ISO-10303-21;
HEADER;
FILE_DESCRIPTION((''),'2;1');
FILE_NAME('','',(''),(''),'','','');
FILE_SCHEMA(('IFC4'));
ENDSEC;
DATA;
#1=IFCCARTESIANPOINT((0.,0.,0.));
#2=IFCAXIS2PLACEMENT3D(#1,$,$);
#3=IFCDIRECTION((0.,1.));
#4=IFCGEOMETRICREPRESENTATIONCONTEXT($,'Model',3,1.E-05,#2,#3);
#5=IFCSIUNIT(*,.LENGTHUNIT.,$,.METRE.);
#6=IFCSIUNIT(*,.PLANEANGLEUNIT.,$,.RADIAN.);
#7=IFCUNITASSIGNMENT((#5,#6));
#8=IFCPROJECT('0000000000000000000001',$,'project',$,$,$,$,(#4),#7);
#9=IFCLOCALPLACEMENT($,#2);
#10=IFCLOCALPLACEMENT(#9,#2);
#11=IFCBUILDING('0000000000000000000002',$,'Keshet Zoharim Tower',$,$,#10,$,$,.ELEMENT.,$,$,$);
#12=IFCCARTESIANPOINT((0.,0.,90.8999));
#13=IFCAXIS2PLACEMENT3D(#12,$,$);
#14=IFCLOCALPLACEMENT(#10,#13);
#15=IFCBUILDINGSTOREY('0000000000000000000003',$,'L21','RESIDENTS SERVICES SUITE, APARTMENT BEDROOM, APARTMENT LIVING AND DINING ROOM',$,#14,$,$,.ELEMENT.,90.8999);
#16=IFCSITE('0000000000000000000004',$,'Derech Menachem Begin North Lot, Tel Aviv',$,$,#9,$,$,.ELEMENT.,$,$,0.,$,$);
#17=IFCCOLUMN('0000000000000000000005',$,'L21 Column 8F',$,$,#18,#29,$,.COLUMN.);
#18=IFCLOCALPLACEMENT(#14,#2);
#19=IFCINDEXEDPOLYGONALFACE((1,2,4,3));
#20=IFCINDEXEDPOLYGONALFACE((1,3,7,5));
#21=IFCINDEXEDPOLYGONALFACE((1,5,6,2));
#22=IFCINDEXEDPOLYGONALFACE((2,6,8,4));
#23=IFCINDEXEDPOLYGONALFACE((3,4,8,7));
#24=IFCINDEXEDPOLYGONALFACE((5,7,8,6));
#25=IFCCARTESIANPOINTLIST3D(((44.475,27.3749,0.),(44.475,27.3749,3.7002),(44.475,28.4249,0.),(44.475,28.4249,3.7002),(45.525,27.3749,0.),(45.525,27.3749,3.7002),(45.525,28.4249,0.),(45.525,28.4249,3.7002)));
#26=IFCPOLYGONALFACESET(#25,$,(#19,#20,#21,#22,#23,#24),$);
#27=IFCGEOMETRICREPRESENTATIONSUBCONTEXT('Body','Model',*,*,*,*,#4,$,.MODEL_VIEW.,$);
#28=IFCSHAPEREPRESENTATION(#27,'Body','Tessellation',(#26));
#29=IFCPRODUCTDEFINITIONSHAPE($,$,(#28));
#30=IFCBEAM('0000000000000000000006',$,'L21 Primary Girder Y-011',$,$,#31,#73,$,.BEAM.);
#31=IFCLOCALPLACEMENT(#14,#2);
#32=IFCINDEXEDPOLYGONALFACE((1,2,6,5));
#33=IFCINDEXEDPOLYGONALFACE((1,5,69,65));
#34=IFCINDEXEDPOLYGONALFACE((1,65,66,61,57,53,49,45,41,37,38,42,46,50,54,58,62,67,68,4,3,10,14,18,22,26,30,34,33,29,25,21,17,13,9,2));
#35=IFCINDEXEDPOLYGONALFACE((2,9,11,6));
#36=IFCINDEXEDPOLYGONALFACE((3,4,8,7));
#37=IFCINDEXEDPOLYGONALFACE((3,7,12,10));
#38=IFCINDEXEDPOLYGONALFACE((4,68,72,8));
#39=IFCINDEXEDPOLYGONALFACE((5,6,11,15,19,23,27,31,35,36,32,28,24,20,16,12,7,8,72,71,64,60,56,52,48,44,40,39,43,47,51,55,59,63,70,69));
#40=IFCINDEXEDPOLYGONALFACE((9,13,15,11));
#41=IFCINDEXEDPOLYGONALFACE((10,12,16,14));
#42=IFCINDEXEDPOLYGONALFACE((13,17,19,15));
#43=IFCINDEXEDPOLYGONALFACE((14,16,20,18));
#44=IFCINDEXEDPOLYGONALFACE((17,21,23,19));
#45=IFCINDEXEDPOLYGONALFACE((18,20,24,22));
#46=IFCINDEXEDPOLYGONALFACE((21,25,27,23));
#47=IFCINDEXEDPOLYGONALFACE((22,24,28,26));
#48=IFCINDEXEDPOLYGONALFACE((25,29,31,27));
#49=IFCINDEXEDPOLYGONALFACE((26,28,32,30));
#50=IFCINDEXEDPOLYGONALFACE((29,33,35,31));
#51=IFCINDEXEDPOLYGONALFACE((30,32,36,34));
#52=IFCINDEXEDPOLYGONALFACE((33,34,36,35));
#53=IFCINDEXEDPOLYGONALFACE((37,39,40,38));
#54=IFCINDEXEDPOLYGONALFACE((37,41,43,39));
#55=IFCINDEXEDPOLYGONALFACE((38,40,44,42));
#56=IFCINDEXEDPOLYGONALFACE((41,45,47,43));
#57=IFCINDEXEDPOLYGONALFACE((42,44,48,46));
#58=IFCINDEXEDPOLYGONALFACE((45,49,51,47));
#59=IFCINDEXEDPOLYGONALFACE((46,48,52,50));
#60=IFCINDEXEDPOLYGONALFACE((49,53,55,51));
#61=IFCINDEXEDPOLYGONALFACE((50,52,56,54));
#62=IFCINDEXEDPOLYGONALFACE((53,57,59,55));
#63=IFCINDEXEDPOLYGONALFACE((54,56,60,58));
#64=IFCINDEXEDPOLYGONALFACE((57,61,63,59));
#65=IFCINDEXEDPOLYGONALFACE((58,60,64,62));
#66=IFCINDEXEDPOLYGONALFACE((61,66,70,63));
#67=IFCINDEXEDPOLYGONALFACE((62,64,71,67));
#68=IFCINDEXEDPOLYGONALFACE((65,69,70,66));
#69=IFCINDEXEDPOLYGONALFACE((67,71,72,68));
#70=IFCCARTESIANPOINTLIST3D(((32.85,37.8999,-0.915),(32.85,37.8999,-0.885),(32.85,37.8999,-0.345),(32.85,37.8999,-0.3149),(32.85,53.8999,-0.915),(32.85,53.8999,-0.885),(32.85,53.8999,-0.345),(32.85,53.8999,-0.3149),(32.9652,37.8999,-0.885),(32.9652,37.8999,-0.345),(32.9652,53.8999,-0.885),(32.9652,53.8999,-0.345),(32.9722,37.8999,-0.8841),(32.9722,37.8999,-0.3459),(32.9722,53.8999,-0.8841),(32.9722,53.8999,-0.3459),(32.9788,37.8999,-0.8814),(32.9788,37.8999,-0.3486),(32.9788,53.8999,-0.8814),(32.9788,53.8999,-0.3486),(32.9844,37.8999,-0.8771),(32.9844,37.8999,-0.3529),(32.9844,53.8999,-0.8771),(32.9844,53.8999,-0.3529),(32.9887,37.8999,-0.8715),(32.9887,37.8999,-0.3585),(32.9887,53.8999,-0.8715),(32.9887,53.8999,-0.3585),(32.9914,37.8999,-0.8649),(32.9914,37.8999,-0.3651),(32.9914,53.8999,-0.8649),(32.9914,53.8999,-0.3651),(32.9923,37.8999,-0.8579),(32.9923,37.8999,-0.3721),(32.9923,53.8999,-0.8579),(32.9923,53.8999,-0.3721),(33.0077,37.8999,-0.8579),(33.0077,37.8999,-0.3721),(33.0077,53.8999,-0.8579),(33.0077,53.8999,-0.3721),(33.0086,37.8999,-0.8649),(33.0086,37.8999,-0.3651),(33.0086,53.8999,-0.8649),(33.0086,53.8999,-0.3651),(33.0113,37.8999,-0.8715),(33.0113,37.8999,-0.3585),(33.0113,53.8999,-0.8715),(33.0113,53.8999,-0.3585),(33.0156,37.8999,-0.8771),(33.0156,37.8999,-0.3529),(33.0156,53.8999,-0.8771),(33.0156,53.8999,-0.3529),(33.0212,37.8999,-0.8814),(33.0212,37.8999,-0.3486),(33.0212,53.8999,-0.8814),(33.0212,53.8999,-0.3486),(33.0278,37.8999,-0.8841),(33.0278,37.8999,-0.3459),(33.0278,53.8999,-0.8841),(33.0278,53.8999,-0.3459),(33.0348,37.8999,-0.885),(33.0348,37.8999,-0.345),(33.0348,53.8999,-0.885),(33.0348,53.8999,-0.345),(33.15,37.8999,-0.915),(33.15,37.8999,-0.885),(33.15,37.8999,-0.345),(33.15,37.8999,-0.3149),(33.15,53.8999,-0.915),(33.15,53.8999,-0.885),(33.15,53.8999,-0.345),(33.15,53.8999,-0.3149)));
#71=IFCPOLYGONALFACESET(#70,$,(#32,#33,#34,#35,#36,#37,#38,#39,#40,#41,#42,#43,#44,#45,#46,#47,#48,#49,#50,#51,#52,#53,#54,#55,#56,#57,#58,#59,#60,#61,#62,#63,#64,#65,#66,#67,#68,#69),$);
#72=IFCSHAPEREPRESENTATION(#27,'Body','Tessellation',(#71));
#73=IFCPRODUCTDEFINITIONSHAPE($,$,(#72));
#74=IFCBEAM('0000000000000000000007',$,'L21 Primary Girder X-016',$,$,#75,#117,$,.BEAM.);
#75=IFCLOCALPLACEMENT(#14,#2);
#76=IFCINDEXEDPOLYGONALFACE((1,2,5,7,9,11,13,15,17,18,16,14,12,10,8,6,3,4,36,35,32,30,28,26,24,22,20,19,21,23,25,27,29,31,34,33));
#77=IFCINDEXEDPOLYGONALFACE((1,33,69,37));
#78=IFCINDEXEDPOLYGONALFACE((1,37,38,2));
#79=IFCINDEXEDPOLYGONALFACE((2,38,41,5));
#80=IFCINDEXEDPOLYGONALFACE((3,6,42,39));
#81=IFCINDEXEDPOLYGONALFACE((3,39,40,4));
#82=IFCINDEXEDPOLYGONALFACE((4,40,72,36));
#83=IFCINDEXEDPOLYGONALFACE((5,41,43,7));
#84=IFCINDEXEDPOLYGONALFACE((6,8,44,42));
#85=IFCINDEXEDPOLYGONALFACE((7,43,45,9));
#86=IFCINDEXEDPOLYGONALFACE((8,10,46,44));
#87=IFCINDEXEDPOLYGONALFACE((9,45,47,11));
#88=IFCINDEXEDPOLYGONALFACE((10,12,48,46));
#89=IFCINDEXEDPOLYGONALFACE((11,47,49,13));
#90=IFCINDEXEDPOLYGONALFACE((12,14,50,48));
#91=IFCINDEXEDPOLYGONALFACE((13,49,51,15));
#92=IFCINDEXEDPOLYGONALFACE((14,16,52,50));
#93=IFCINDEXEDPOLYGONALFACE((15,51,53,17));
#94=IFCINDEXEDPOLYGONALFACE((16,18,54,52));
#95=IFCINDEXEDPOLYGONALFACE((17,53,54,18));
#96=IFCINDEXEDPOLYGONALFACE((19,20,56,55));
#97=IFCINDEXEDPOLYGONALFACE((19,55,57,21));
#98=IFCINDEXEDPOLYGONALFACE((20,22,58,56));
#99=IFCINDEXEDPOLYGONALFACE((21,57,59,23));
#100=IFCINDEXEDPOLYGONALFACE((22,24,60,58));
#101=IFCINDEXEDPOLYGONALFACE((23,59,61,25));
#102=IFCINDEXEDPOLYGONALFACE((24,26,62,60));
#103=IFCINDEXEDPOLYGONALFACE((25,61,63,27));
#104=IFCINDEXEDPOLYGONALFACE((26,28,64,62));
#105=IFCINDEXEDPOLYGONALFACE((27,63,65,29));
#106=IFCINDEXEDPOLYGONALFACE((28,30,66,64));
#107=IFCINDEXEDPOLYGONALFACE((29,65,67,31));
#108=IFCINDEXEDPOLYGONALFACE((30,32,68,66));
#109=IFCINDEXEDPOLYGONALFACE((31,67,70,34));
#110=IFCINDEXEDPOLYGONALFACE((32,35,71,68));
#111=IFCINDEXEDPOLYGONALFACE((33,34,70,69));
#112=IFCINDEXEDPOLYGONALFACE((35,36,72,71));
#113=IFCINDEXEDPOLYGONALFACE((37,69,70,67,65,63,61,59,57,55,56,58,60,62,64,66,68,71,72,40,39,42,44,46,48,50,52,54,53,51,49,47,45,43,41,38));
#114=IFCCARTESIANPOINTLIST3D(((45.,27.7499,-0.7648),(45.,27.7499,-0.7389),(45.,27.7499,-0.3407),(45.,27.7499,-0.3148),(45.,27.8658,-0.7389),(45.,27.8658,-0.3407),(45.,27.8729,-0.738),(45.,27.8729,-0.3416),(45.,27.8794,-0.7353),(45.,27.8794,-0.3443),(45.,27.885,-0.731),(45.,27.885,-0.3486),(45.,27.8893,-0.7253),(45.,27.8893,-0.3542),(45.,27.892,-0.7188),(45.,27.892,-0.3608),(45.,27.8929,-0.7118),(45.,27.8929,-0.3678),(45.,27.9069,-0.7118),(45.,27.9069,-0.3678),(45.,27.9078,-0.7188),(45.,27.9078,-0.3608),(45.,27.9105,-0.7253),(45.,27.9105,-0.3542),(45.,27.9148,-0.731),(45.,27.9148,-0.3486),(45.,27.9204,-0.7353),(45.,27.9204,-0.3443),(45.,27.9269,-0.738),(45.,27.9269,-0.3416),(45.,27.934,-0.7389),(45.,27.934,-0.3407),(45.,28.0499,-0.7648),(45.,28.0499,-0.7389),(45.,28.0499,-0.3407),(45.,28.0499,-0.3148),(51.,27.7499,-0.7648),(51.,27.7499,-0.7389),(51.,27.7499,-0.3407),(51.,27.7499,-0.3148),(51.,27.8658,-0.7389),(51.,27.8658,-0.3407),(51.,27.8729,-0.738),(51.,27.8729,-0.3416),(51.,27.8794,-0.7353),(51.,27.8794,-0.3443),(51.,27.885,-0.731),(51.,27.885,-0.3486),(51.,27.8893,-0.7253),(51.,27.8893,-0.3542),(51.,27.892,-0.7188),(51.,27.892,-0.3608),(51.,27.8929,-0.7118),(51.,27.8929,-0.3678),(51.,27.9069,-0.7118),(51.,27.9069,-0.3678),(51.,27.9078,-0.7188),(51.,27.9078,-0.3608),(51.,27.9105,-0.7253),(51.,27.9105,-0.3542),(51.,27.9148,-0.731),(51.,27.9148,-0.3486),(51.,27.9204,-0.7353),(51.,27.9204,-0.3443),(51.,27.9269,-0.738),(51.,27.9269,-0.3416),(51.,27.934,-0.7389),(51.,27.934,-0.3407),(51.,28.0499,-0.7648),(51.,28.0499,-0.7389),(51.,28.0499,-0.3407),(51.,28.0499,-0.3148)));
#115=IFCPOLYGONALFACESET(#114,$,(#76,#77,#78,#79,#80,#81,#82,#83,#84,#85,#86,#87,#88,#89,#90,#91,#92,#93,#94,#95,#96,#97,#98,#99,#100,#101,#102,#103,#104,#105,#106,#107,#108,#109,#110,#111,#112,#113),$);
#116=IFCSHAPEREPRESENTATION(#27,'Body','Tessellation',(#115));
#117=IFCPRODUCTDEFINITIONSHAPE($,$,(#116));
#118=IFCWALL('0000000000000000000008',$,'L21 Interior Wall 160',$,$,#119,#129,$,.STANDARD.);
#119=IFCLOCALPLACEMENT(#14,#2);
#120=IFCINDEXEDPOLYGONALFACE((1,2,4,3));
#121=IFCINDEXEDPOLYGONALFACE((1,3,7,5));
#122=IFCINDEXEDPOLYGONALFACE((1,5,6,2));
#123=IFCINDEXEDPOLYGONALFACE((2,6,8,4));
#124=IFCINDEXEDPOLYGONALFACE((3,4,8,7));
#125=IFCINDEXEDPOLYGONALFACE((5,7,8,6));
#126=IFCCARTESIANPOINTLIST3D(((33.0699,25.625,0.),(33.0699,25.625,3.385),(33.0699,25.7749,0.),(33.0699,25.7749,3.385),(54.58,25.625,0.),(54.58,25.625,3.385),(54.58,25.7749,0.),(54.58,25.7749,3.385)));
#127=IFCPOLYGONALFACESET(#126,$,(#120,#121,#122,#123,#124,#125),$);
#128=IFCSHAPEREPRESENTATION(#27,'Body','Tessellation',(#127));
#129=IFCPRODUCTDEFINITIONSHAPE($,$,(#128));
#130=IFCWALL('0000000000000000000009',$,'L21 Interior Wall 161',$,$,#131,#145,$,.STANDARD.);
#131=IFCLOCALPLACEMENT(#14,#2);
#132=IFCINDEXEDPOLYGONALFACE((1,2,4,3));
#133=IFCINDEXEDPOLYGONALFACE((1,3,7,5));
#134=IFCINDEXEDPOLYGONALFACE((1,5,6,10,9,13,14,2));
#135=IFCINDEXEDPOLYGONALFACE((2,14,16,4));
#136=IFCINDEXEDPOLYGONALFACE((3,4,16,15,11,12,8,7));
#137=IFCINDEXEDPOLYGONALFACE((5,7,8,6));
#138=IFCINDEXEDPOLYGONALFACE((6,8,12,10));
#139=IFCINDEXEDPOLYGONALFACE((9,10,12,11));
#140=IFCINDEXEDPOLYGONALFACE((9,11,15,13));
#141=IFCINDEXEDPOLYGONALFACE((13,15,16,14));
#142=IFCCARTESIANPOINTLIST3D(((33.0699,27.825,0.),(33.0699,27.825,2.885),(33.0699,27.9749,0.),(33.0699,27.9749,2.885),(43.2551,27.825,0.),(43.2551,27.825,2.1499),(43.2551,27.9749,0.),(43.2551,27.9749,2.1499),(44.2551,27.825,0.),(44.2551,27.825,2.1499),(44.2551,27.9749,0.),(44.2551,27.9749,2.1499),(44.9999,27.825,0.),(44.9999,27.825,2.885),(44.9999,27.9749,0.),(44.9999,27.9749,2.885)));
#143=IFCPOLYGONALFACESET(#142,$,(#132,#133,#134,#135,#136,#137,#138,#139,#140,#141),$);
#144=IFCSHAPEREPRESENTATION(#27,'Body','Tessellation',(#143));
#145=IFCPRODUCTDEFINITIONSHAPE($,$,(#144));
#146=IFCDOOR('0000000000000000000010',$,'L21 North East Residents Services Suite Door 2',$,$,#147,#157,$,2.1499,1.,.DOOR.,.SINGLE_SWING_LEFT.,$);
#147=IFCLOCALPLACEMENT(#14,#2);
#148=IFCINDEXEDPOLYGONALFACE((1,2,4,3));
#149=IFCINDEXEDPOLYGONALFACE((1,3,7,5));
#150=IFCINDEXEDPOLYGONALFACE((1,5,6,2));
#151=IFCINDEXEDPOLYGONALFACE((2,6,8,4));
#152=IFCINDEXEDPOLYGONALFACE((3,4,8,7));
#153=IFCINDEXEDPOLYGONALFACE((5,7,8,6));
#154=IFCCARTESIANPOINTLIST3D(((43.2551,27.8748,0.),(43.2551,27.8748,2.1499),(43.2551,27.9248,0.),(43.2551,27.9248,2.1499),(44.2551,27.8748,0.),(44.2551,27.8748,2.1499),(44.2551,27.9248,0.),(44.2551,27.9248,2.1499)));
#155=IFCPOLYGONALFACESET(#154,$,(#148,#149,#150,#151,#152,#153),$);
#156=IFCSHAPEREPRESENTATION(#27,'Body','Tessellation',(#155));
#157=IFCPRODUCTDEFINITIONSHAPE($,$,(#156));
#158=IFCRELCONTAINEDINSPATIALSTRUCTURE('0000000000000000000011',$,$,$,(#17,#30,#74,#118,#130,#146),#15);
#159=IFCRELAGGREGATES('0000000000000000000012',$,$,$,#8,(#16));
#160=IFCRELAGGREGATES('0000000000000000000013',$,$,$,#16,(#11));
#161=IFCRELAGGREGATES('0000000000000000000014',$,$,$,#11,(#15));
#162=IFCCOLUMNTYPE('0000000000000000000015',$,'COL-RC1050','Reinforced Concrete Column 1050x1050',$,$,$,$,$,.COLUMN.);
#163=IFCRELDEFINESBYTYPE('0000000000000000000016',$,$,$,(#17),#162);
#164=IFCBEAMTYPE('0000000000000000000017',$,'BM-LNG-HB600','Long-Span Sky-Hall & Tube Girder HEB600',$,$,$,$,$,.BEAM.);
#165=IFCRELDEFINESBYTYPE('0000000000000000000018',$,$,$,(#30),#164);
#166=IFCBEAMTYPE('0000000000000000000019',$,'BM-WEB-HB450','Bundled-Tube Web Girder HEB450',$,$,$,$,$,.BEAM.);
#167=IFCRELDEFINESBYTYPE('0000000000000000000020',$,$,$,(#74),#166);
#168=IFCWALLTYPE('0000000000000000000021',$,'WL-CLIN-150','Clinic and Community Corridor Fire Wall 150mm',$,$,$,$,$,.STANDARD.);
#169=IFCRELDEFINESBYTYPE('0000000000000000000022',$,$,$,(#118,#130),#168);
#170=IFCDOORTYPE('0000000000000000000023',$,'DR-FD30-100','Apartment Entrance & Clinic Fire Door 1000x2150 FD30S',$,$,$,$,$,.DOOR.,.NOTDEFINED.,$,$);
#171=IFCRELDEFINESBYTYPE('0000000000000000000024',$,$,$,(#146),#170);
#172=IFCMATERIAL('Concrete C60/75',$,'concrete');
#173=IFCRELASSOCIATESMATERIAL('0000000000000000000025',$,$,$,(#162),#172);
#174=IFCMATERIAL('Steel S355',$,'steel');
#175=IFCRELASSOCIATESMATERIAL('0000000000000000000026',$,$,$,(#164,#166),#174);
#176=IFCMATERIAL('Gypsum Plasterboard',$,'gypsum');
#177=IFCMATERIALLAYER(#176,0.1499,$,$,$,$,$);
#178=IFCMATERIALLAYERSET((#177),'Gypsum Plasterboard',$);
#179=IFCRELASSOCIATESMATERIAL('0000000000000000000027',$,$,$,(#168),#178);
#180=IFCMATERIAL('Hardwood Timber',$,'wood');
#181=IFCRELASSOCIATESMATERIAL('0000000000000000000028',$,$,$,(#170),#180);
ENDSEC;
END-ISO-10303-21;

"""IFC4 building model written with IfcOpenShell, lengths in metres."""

from ifc_helpers import new_model, si_unit, direction, frame, frame_2d, origin, origin_2d, place, context, subcontext, project, spatial, rectangle, i_section, extrude, material, layer, layer_set, material_profile, profile_set, type_object, element, fill, save


model = new_model("IFC4")

# Units and contexts
model_context = context("Model", 3, precision=1e-05, world=origin(), true_north=direction((0.0, 1.0)))
body_context = subcontext(model_context, "Body", "Model", "MODEL_VIEW")
ifc_project = project(units=[si_unit("LENGTHUNIT", "METRE"), si_unit("PLANEANGLEUNIT", "RADIAN")], contexts=[model_context])

# Site, building, storey
site_placement = place(None, origin())
site = spatial("IfcSite", under=ifc_project, at=site_placement, Name="Derech Menachem Begin North Lot, Tel Aviv", CompositionType="ELEMENT", RefElevation=0.0)
building_placement = place(site_placement, origin())
building = spatial("IfcBuilding", under=site, at=building_placement, Name="Keshet Zoharim Tower", CompositionType="ELEMENT")
storey_placement = place(building_placement, frame((0.0, 0.0, 90.8999)))
storey = spatial("IfcBuildingStorey", under=building, at=storey_placement, Name="L21", Description="RESIDENTS SERVICES SUITE, APARTMENT BEDROOM, APARTMENT LIVING AND DINING ROOM", CompositionType="ELEMENT", Elevation=90.8999)

# Column
ifc_material_1 = material(Name="Concrete C60/75", Category="concrete")
ifc_material_profile_1 = material_profile(ifc_material_1, rectangle(XDim=1.05, YDim=1.05, at=origin_2d()), Name="RC1050x1050")
ifc_profile_set_1 = profile_set([ifc_material_profile_1], Name="Concrete C60/75")
column_type = type_object("IfcColumnType", Name="COL-RC1050", Description="Reinforced Concrete Column 1050x1050", PredefinedType="COLUMN", material=ifc_profile_set_1)
column_placement = place(storey_placement, frame((45.0, 27.8999, 0.0), z_axis=(0.0, 0.0, 1.0), x_axis=(1.0, 0.0, 0.0)))
element("IfcColumn", 1, at=column_placement, inside=storey, type_object=column_type, Name="L21 Column 8F", PredefinedType="COLUMN", context=body_context, shape_type="SweptSolid", body=[
    extrude(rectangle(XDim=1.05, YDim=1.05, at=origin_2d()), origin(), (0.0, 0.0, 1.0), 3.7002),
])

# Beams
ifc_material_2 = material(Name="Steel S355", Category="steel")
ifc_material_profile_2 = material_profile(ifc_material_2, i_section(OverallWidth=0.3, OverallDepth=0.6001, WebThickness=0.0154, FlangeThickness=0.03, FilletRadius=0.0271, at=origin_2d()), Name="HEB600")
ifc_profile_set_2 = profile_set([ifc_material_profile_2], Name="Steel S355")
beam_type_1 = type_object("IfcBeamType", Name="BM-LNG-HB600", Description="Long-Span Sky-Hall & Tube Girder HEB600", PredefinedType="BEAM", material=ifc_profile_set_2)
beam_1_placement = place(storey_placement, frame((33.0, 37.8999, -0.615), z_axis=(0.0, 1.0, 0.0), x_axis=(-1.0, 0.0, 0.0)))
element("IfcBeam", 2, at=beam_1_placement, inside=storey, type_object=beam_type_1, Name="L21 Primary Girder Y-011", PredefinedType="BEAM", context=body_context, shape_type="SweptSolid", body=[
    extrude(i_section(OverallWidth=0.3, OverallDepth=0.6001, WebThickness=0.0154, FlangeThickness=0.03, FilletRadius=0.0271, at=origin_2d()), origin(), (0.0, 0.0, 1.0), 16.0),
])
ifc_material_profile_3 = material_profile(ifc_material_2, i_section(OverallWidth=0.3, OverallDepth=0.45, WebThickness=0.0139, FlangeThickness=0.0259, FilletRadius=0.0271, at=origin_2d()), Name="HEB450")
ifc_profile_set_3 = profile_set([ifc_material_profile_3], Name="Steel S355")
beam_type_2 = type_object("IfcBeamType", Name="BM-WEB-HB450", Description="Bundled-Tube Web Girder HEB450", PredefinedType="BEAM", material=ifc_profile_set_3)
beam_2_placement = place(storey_placement, frame((45.0, 27.8999, -0.5398), z_axis=(1.0, 0.0, 0.0), x_axis=(0.0, 1.0, 0.0)))
element("IfcBeam", 3, at=beam_2_placement, inside=storey, type_object=beam_type_2, Name="L21 Primary Girder X-016", PredefinedType="BEAM", context=body_context, shape_type="SweptSolid", body=[
    extrude(i_section(OverallWidth=0.3, OverallDepth=0.45, WebThickness=0.0139, FlangeThickness=0.0259, FilletRadius=0.0271, at=origin_2d()), origin(), (0.0, 0.0, 1.0), 6.0),
])

# Wall
ifc_material_3 = material(Name="Gypsum Plasterboard", Category="gypsum")
ifc_layer_1 = layer(ifc_material_3, 0.1499)
ifc_layer_set_1 = layer_set([ifc_layer_1], Name="Gypsum Plasterboard")
wall_type_1 = type_object("IfcWallType", Name="WL-CLIN-150", Description="Clinic and Community Corridor Fire Wall 150mm", PredefinedType="STANDARD", material=ifc_layer_set_1)
wall_1_placement = place(storey_placement, frame((33.0701, 25.7, 0.0), z_axis=(0.0, 0.0, 1.0), x_axis=(1.0, 0.0, 0.0)))
element("IfcWall", 4, at=wall_1_placement, inside=storey, type_object=wall_type_1, Name="L21 Interior Wall 160", PredefinedType="STANDARD", context=body_context, shape_type="SweptSolid", body=[
    extrude(rectangle(XDim=21.51, YDim=0.1499, at=frame_2d((10.7549, 0.0))), origin(), (0.0, 0.0, 1.0), 3.385),
])

# Wall, opening, door
wall_2_placement = place(storey_placement, frame((33.0701, 27.8999, 0.0), z_axis=(0.0, 0.0, 1.0), x_axis=(1.0, 0.0, 0.0)))
wall_2 = element("IfcWall", 5, at=wall_2_placement, inside=storey, type_object=wall_type_1, Name="L21 Interior Wall 161", PredefinedType="STANDARD", context=body_context, shape_type="SweptSolid", body=[
    extrude(rectangle(XDim=11.9299, YDim=0.1499, at=frame_2d((5.9648, 0.0))), origin(), (0.0, 0.0, 1.0), 2.885),
])
opening_1_placement = place(wall_2_placement, frame((10.1851, 0.0, 0.0)))
opening_1 = element("IfcOpeningElement", 6, at=opening_1_placement, cuts=wall_2, PredefinedType="OPENING", context=body_context, shape_type="SweptSolid", body=[
    extrude(rectangle(XDim=1.0, YDim=2.1499, at=frame_2d((0.5, 1.075))), frame((0.0, 0.085, 0.0), z_axis=(0.0, -1.0, 0.0), x_axis=(1.0, 0.0, 0.0)), (0.0, 0.0, 1.0), 0.1699),
])
ifc_material_4 = material(Name="Hardwood Timber", Category="wood")
door_type = type_object("IfcDoorType", Name="DR-FD30-100", Description="Apartment Entrance & Clinic Fire Door 1000x2150 FD30S", OperationType="NOTDEFINED", PredefinedType="DOOR", material=ifc_material_4)
door_1_placement = place(opening_1_placement, origin())
door_1 = element("IfcDoor", 7, at=door_1_placement, inside=storey, type_object=door_type, Name="L21 North East Residents Services Suite Door 2", OperationType="SINGLE_SWING_LEFT", OverallHeight=2.1499, OverallWidth=1.0, PredefinedType="DOOR", context=body_context, shape_type="SweptSolid", body=[
    extrude(rectangle(XDim=1.0, YDim=2.1499, at=frame_2d((0.5, 1.075))), frame((0.0, 0.0249, 0.0), z_axis=(0.0, -1.0, 0.0), x_axis=(1.0, 0.0, 0.0)), (0.0, 0.0, 1.0), 0.05),
])
fill(opening_1, door_1)

save(model, "model.ifc")
